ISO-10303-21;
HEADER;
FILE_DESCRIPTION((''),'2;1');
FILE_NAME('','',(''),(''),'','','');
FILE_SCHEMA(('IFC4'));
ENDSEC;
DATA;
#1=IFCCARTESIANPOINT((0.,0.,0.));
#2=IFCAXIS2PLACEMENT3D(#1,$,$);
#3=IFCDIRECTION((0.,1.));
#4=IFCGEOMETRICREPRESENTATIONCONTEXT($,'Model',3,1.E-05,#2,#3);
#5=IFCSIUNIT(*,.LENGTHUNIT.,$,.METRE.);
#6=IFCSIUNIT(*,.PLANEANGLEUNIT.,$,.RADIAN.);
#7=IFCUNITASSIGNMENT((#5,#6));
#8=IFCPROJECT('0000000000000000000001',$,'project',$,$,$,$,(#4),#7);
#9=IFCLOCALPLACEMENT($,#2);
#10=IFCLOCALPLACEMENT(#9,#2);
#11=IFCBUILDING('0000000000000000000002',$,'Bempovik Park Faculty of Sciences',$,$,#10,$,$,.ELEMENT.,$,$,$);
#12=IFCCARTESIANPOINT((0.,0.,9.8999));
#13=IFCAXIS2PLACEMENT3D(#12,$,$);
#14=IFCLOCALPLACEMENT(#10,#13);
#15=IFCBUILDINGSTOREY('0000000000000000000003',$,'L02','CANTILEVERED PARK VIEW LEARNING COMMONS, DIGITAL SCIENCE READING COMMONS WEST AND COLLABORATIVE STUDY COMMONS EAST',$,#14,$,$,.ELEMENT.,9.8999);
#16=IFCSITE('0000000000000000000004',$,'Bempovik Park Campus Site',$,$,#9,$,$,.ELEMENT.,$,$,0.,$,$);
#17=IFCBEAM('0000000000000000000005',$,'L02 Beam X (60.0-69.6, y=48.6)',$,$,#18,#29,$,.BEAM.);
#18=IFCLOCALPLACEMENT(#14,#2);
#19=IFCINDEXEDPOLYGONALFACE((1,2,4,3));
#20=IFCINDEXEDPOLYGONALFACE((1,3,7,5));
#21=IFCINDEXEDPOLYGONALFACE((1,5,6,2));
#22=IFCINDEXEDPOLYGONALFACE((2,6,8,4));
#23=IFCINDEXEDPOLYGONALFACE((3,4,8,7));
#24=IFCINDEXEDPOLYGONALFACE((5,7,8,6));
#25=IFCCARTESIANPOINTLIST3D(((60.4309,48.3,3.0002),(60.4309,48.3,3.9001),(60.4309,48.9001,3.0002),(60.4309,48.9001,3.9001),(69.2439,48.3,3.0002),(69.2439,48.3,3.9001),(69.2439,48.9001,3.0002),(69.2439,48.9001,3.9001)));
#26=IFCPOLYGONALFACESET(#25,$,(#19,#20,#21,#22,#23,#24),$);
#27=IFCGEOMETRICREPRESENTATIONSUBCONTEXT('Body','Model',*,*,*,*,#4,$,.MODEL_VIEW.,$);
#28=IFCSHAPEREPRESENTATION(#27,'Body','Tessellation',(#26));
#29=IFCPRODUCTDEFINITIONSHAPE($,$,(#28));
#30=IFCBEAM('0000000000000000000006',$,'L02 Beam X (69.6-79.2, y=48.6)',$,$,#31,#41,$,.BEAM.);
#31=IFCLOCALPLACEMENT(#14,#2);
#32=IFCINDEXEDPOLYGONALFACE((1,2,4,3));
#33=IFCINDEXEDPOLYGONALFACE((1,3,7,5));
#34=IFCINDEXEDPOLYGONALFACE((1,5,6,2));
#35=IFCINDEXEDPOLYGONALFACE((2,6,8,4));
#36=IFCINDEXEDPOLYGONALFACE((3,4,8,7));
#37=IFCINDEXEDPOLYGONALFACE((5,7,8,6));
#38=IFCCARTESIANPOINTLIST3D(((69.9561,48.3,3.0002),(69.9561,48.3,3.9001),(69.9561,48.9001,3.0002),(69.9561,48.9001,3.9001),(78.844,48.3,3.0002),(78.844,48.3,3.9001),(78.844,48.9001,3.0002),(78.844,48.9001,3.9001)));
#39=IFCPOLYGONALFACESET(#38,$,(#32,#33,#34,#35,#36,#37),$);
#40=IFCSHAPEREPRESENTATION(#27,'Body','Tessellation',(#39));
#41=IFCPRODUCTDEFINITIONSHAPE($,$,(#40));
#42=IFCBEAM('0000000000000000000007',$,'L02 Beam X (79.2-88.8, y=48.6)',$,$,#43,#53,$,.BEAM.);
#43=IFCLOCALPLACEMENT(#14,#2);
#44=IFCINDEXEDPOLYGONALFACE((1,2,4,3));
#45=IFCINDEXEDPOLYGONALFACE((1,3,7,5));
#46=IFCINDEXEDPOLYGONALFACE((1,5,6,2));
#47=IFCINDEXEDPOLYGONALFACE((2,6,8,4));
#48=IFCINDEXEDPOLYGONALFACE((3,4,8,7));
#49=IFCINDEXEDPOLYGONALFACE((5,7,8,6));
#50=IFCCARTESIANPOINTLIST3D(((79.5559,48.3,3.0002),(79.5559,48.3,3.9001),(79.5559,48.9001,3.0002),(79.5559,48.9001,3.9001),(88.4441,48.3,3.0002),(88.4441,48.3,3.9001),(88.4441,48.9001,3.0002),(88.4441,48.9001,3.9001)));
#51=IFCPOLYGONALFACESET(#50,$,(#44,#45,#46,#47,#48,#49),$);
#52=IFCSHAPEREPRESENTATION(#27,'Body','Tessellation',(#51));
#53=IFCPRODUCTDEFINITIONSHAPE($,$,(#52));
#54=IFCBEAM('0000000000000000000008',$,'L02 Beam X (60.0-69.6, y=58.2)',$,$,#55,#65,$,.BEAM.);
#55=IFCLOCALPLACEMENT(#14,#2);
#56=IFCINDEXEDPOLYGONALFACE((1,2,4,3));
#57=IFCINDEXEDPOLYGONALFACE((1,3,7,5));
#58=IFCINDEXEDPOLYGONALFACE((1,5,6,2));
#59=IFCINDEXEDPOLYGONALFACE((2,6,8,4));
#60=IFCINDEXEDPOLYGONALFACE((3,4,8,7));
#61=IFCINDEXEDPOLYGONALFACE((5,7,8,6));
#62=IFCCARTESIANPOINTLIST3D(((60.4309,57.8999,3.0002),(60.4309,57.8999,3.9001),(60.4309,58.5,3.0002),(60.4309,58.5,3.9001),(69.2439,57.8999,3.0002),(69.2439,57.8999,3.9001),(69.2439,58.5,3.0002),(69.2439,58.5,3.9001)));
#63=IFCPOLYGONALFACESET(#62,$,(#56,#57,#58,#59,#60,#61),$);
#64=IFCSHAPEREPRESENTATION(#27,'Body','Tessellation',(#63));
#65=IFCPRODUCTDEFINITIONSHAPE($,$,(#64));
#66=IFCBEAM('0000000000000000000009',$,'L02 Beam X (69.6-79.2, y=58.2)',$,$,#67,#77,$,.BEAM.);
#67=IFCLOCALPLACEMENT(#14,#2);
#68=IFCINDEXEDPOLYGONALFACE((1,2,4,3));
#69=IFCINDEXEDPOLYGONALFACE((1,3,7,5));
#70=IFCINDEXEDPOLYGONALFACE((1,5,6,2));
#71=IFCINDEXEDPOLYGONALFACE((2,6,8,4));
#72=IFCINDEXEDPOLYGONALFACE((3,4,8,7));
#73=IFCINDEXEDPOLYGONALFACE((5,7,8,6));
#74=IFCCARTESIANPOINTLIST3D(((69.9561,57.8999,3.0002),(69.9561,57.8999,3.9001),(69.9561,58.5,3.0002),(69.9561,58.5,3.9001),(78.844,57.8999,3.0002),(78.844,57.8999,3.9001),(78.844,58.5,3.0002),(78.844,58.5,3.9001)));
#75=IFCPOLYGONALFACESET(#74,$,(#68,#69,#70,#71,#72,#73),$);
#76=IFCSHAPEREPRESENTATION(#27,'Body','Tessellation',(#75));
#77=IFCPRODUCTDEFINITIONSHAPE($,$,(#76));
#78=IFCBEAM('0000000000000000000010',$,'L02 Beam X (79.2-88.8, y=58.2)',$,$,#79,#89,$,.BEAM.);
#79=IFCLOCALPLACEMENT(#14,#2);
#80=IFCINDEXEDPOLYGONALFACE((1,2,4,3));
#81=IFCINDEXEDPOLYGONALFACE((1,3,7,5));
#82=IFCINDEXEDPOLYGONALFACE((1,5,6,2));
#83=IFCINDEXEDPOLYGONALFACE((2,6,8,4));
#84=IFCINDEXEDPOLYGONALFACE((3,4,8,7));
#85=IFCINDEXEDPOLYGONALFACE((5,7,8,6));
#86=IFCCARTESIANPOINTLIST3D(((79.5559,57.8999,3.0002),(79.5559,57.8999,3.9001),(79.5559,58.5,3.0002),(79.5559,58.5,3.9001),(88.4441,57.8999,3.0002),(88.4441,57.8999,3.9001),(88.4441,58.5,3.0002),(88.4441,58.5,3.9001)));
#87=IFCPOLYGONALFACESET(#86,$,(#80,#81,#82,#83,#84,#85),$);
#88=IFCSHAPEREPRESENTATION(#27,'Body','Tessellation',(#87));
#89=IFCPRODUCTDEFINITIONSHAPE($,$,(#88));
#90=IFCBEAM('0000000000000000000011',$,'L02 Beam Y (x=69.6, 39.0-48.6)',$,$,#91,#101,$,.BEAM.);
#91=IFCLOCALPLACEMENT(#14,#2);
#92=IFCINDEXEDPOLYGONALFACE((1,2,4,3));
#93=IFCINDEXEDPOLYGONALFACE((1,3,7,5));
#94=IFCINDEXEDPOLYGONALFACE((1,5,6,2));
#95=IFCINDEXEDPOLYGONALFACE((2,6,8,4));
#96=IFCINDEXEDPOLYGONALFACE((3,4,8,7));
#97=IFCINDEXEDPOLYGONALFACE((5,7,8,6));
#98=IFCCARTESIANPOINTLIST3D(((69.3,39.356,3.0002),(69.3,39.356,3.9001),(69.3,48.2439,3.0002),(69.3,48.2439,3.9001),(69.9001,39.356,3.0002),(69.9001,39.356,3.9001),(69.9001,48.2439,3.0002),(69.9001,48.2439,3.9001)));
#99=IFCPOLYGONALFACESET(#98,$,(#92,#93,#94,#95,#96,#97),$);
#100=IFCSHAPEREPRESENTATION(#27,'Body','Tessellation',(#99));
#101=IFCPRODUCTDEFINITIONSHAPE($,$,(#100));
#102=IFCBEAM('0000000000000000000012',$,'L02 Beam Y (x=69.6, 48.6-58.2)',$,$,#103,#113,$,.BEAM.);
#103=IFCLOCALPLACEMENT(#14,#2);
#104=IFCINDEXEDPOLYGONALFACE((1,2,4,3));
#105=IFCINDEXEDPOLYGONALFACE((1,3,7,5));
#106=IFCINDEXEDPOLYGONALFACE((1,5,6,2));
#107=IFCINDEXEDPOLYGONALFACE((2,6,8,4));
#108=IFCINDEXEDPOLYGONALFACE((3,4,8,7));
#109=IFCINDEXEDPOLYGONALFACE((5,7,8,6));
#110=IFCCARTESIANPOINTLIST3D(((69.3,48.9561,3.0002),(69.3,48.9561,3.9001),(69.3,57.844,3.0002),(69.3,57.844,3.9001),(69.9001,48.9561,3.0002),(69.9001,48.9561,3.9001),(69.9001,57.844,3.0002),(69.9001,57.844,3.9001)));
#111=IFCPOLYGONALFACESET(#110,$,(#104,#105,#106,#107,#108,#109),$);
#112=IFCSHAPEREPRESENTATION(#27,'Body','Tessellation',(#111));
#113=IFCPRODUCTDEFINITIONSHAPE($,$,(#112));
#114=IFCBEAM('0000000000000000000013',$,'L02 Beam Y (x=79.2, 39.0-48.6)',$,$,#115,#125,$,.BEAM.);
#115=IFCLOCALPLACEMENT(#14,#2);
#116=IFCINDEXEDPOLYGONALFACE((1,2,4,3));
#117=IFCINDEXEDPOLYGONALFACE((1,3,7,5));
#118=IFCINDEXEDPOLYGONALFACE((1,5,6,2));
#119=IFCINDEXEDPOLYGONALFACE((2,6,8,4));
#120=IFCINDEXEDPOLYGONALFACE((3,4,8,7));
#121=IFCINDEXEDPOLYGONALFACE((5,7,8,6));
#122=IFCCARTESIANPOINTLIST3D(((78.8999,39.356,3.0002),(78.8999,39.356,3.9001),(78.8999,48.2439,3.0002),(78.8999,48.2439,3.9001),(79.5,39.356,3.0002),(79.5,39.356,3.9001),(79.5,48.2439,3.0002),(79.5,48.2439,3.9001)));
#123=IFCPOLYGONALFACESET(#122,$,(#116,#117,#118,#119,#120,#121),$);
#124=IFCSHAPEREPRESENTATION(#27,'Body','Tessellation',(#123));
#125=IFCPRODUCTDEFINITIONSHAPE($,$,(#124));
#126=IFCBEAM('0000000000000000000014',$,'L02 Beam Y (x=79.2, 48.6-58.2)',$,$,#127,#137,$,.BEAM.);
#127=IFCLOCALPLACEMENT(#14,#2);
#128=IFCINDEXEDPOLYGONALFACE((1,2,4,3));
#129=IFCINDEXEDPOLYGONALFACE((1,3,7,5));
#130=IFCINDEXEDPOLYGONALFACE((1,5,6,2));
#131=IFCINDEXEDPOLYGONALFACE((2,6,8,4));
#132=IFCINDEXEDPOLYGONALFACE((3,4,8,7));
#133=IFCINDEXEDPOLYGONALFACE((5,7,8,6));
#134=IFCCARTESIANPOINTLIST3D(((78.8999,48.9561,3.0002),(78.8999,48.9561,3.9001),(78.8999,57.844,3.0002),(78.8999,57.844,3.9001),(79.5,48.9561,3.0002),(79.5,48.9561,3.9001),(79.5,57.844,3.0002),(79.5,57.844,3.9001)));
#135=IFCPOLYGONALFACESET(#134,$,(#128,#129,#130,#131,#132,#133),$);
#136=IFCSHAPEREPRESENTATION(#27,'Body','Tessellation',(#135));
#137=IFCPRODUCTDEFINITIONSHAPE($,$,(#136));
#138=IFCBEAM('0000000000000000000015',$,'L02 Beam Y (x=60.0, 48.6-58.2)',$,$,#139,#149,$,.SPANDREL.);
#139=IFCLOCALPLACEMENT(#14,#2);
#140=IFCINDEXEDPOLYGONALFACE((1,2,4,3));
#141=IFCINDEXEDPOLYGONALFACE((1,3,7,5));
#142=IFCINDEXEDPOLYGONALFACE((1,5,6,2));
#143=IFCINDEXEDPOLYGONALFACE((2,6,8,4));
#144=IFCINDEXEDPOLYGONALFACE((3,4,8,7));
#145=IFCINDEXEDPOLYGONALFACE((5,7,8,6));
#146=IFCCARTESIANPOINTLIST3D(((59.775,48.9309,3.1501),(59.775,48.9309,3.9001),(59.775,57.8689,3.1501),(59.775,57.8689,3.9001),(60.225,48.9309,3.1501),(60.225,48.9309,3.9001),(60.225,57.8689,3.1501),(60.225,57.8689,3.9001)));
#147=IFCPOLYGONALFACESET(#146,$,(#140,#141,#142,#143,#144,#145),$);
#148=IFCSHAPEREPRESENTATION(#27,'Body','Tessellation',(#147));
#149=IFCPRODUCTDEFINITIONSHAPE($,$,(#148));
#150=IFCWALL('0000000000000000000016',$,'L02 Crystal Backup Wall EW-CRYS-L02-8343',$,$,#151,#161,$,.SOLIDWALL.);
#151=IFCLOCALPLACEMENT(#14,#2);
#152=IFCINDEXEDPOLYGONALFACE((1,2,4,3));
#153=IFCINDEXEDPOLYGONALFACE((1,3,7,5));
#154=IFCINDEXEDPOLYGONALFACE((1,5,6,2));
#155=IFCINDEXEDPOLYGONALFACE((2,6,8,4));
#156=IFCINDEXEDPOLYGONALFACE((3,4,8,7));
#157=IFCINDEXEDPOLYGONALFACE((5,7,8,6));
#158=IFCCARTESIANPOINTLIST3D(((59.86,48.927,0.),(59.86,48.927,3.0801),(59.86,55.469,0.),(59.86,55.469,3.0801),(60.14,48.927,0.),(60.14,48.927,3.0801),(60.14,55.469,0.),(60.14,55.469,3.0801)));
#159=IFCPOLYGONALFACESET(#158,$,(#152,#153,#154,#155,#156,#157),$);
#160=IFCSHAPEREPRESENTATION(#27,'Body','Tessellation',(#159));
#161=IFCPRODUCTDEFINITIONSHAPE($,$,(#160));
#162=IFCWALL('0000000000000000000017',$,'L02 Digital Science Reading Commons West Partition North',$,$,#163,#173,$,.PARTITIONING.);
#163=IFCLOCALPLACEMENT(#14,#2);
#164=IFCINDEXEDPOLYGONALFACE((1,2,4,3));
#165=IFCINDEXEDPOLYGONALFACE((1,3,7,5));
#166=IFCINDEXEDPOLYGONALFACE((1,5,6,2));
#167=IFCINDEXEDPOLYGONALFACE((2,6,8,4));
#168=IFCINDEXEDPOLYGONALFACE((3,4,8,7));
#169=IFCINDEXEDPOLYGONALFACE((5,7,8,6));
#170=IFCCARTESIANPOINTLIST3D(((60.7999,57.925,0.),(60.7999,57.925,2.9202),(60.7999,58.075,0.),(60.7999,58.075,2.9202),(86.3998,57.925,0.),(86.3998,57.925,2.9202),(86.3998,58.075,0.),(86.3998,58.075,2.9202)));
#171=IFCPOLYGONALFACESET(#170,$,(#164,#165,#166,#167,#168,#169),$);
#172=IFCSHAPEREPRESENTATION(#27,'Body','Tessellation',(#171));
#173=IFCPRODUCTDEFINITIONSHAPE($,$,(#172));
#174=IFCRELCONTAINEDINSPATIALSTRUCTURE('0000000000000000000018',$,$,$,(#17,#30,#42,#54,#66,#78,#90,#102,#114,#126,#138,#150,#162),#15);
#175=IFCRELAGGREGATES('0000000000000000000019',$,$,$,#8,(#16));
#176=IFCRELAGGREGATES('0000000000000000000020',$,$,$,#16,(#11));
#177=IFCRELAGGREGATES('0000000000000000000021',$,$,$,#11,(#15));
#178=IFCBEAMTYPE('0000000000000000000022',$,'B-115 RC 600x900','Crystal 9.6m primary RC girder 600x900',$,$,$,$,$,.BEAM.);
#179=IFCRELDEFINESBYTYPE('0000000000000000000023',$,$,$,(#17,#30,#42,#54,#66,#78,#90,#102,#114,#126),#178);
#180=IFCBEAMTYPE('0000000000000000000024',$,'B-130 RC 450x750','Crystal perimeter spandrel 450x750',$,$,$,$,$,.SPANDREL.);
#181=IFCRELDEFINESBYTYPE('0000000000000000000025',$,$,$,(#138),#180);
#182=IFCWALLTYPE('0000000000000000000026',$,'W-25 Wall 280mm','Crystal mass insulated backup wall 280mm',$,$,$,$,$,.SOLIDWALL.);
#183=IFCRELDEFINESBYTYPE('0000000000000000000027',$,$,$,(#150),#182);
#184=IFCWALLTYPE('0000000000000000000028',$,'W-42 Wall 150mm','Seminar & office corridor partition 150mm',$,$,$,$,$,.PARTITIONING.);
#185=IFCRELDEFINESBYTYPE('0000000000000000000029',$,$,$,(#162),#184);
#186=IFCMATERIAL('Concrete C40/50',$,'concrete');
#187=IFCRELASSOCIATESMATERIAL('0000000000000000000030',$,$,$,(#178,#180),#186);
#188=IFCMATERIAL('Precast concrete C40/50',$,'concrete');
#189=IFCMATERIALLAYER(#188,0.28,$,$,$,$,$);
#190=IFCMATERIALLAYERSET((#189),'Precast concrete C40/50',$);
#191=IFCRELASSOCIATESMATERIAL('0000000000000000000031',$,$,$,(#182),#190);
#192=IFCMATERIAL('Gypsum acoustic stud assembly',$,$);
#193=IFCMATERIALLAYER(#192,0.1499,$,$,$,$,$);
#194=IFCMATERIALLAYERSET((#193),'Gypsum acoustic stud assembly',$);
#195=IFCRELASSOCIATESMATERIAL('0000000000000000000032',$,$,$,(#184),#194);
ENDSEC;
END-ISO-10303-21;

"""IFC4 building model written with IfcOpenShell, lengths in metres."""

from ifc_helpers import new_model, si_unit, direction, frame, frame_2d, origin, origin_2d, place, context, subcontext, project, spatial, rectangle, extrude, material, layer, layer_set, material_profile, profile_set, type_object, element, save


model = new_model("IFC4")

# Units and contexts
model_context = context("Model", 3, precision=1e-05, world=origin(), true_north=direction((0.0, 1.0)))
body_context = subcontext(model_context, "Body", "Model", "MODEL_VIEW")
ifc_project = project(units=[si_unit("LENGTHUNIT", "METRE"), si_unit("PLANEANGLEUNIT", "RADIAN")], contexts=[model_context])

# Site, building, storey
site_placement = place(None, origin())
site = spatial("IfcSite", under=ifc_project, at=site_placement, Name="Bempovik Park Campus Site", CompositionType="ELEMENT", RefElevation=0.0)
building_placement = place(site_placement, origin())
building = spatial("IfcBuilding", under=site, at=building_placement, Name="Bempovik Park Faculty of Sciences", CompositionType="ELEMENT")
storey_placement = place(building_placement, frame((0.0, 0.0, 9.8999)))
storey = spatial("IfcBuildingStorey", under=building, at=storey_placement, Name="L02", Description="CANTILEVERED PARK VIEW LEARNING COMMONS, DIGITAL SCIENCE READING COMMONS WEST AND COLLABORATIVE STUDY COMMONS EAST", CompositionType="ELEMENT", Elevation=9.8999)

# Shared definitions
ifc_material_1 = material(Name="Concrete C40/50", Category="concrete")

# Beams
ifc_material_profile_1 = material_profile(ifc_material_1, rectangle(XDim=0.6001, YDim=0.8999, at=origin_2d()), Name="RC 600x900")
ifc_profile_set_1 = profile_set([ifc_material_profile_1], Name="Concrete C40/50")
beam_type_1 = type_object("IfcBeamType", Name="B-115 RC 600x900", Description="Crystal 9.6m primary RC girder 600x900", PredefinedType="BEAM", material=ifc_profile_set_1)
beam_1_placement = place(storey_placement, frame((60.4309, 48.6001, 3.4502), z_axis=(1.0, 0.0, 0.0), x_axis=(0.0, 1.0, 0.0)))
element("IfcBeam", 1, at=beam_1_placement, inside=storey, type_object=beam_type_1, Name="L02 Beam X (60.0-69.6, y=48.6)", PredefinedType="BEAM", context=body_context, shape_type="SweptSolid", body=[
    extrude(rectangle(XDim=0.6001, YDim=0.8999, at=origin_2d()), origin(), (0.0, 0.0, 1.0), 8.813),
])
beam_2_placement = place(storey_placement, frame((69.9561, 48.6001, 3.4502), z_axis=(1.0, 0.0, 0.0), x_axis=(0.0, 1.0, 0.0)))
element("IfcBeam", 2, at=beam_2_placement, inside=storey, type_object=beam_type_1, Name="L02 Beam X (69.6-79.2, y=48.6)", PredefinedType="BEAM", context=body_context, shape_type="SweptSolid", body=[
    extrude(rectangle(XDim=0.6001, YDim=0.8999, at=origin_2d()), origin(), (0.0, 0.0, 1.0), 8.8879),
])
beam_3_placement = place(storey_placement, frame((79.5559, 48.6001, 3.4502), z_axis=(1.0, 0.0, 0.0), x_axis=(0.0, 1.0, 0.0)))
element("IfcBeam", 3, at=beam_3_placement, inside=storey, type_object=beam_type_1, Name="L02 Beam X (79.2-88.8, y=48.6)", PredefinedType="BEAM", context=body_context, shape_type="SweptSolid", body=[
    extrude(rectangle(XDim=0.6001, YDim=0.8999, at=origin_2d()), origin(), (0.0, 0.0, 1.0), 8.8882),
])
beam_4_placement = place(storey_placement, frame((60.4309, 58.2, 3.4502), z_axis=(1.0, 0.0, 0.0), x_axis=(0.0, 1.0, 0.0)))
element("IfcBeam", 4, at=beam_4_placement, inside=storey, type_object=beam_type_1, Name="L02 Beam X (60.0-69.6, y=58.2)", PredefinedType="BEAM", context=body_context, shape_type="SweptSolid", body=[
    extrude(rectangle(XDim=0.6001, YDim=0.8999, at=origin_2d()), origin(), (0.0, 0.0, 1.0), 8.813),
])
beam_5_placement = place(storey_placement, frame((69.9561, 58.2, 3.4502), z_axis=(1.0, 0.0, 0.0), x_axis=(0.0, 1.0, 0.0)))
element("IfcBeam", 5, at=beam_5_placement, inside=storey, type_object=beam_type_1, Name="L02 Beam X (69.6-79.2, y=58.2)", PredefinedType="BEAM", context=body_context, shape_type="SweptSolid", body=[
    extrude(rectangle(XDim=0.6001, YDim=0.8999, at=origin_2d()), origin(), (0.0, 0.0, 1.0), 8.8879),
])
beam_6_placement = place(storey_placement, frame((79.5559, 58.2, 3.4502), z_axis=(1.0, 0.0, 0.0), x_axis=(0.0, 1.0, 0.0)))
element("IfcBeam", 6, at=beam_6_placement, inside=storey, type_object=beam_type_1, Name="L02 Beam X (79.2-88.8, y=58.2)", PredefinedType="BEAM", context=body_context, shape_type="SweptSolid", body=[
    extrude(rectangle(XDim=0.6001, YDim=0.8999, at=origin_2d()), origin(), (0.0, 0.0, 1.0), 8.8882),
])
for number, where, z_axis, x_axis, name in (
    (7, (69.6001, 39.356, 3.4502), (0.0, 1.0, 0.0), (-1.0, 0.0, 0.0), "L02 Beam Y (x=69.6, 39.0-48.6)"),
    (8, (69.6001, 48.9561, 3.4502), (0.0, 1.0, 0.0), (-1.0, 0.0, 0.0), "L02 Beam Y (x=69.6, 48.6-58.2)"),
    (9, (79.2, 39.356, 3.4502), (0.0, 1.0, 0.0), (-1.0, 0.0, 0.0), "L02 Beam Y (x=79.2, 39.0-48.6)"),
    (10, (79.2, 48.9561, 3.4502), (0.0, 1.0, 0.0), (-1.0, 0.0, 0.0), "L02 Beam Y (x=79.2, 48.6-58.2)"),
):
    element("IfcBeam", number, at=place(storey_placement, frame(where, z_axis=z_axis, x_axis=x_axis)), inside=storey, type_object=beam_type_1, Name=name, PredefinedType="BEAM", context=body_context, shape_type="SweptSolid", body=[
        extrude(rectangle(XDim=0.6001, YDim=0.8999, at=origin_2d()), origin(), (0.0, 0.0, 1.0), 8.8879),
    ])
ifc_material_profile_2 = material_profile(ifc_material_1, rectangle(XDim=0.45, YDim=0.75, at=origin_2d()), Name="RC 450x750")
ifc_profile_set_2 = profile_set([ifc_material_profile_2], Name="Concrete C40/50")
beam_type_2 = type_object("IfcBeamType", Name="B-130 RC 450x750", Description="Crystal perimeter spandrel 450x750", PredefinedType="SPANDREL", material=ifc_profile_set_2)
beam_7_placement = place(storey_placement, frame((60.0, 48.9309, 3.5251), z_axis=(0.0, 1.0, 0.0), x_axis=(-1.0, 0.0, 0.0)))
element("IfcBeam", 11, at=beam_7_placement, inside=storey, type_object=beam_type_2, Name="L02 Beam Y (x=60.0, 48.6-58.2)", PredefinedType="SPANDREL", context=body_context, shape_type="SweptSolid", body=[
    extrude(rectangle(XDim=0.45, YDim=0.75, at=origin_2d()), origin(), (0.0, 0.0, 1.0), 8.938),
])

# Walls
ifc_material_2 = material(Name="Precast concrete C40/50", Category="concrete")
ifc_layer_1 = layer(ifc_material_2, 0.28)
ifc_layer_set_1 = layer_set([ifc_layer_1], Name="Precast concrete C40/50")
wall_type_1 = type_object("IfcWallType", Name="W-25 Wall 280mm", Description="Crystal mass insulated backup wall 280mm", PredefinedType="SOLIDWALL", material=ifc_layer_set_1)
wall_1_placement = place(storey_placement, frame((60.0, 48.927, 0.0), z_axis=(0.0, 0.0, 1.0), x_axis=(0.0, 1.0, 0.0)))
element("IfcWall", 12, at=wall_1_placement, inside=storey, type_object=wall_type_1, Name="L02 Crystal Backup Wall EW-CRYS-L02-8343", PredefinedType="SOLIDWALL", context=body_context, shape_type="SweptSolid", body=[
    extrude(rectangle(XDim=6.542, YDim=0.28, at=frame_2d((3.271, 0.0))), origin(), (0.0, 0.0, 1.0), 3.0801),
])
ifc_material_3 = material(Name="Gypsum acoustic stud assembly")
ifc_layer_2 = layer(ifc_material_3, 0.1499)
ifc_layer_set_2 = layer_set([ifc_layer_2], Name="Gypsum acoustic stud assembly")
wall_type_2 = type_object("IfcWallType", Name="W-42 Wall 150mm", Description="Seminar & office corridor partition 150mm", PredefinedType="PARTITIONING", material=ifc_layer_set_2)
wall_2_placement = place(storey_placement, frame((60.8, 58.0, 0.0), z_axis=(0.0, 0.0, 1.0), x_axis=(1.0, 0.0, 0.0)))
element("IfcWall", 13, at=wall_2_placement, inside=storey, type_object=wall_type_2, Name="L02 Digital Science Reading Commons West Partition North", PredefinedType="PARTITIONING", context=body_context, shape_type="SweptSolid", body=[
    extrude(rectangle(XDim=25.5999, YDim=0.1499, at=frame_2d((12.7998, 0.0))), origin(), (0.0, 0.0, 1.0), 2.9202),
])

save(model, "model.ifc")
